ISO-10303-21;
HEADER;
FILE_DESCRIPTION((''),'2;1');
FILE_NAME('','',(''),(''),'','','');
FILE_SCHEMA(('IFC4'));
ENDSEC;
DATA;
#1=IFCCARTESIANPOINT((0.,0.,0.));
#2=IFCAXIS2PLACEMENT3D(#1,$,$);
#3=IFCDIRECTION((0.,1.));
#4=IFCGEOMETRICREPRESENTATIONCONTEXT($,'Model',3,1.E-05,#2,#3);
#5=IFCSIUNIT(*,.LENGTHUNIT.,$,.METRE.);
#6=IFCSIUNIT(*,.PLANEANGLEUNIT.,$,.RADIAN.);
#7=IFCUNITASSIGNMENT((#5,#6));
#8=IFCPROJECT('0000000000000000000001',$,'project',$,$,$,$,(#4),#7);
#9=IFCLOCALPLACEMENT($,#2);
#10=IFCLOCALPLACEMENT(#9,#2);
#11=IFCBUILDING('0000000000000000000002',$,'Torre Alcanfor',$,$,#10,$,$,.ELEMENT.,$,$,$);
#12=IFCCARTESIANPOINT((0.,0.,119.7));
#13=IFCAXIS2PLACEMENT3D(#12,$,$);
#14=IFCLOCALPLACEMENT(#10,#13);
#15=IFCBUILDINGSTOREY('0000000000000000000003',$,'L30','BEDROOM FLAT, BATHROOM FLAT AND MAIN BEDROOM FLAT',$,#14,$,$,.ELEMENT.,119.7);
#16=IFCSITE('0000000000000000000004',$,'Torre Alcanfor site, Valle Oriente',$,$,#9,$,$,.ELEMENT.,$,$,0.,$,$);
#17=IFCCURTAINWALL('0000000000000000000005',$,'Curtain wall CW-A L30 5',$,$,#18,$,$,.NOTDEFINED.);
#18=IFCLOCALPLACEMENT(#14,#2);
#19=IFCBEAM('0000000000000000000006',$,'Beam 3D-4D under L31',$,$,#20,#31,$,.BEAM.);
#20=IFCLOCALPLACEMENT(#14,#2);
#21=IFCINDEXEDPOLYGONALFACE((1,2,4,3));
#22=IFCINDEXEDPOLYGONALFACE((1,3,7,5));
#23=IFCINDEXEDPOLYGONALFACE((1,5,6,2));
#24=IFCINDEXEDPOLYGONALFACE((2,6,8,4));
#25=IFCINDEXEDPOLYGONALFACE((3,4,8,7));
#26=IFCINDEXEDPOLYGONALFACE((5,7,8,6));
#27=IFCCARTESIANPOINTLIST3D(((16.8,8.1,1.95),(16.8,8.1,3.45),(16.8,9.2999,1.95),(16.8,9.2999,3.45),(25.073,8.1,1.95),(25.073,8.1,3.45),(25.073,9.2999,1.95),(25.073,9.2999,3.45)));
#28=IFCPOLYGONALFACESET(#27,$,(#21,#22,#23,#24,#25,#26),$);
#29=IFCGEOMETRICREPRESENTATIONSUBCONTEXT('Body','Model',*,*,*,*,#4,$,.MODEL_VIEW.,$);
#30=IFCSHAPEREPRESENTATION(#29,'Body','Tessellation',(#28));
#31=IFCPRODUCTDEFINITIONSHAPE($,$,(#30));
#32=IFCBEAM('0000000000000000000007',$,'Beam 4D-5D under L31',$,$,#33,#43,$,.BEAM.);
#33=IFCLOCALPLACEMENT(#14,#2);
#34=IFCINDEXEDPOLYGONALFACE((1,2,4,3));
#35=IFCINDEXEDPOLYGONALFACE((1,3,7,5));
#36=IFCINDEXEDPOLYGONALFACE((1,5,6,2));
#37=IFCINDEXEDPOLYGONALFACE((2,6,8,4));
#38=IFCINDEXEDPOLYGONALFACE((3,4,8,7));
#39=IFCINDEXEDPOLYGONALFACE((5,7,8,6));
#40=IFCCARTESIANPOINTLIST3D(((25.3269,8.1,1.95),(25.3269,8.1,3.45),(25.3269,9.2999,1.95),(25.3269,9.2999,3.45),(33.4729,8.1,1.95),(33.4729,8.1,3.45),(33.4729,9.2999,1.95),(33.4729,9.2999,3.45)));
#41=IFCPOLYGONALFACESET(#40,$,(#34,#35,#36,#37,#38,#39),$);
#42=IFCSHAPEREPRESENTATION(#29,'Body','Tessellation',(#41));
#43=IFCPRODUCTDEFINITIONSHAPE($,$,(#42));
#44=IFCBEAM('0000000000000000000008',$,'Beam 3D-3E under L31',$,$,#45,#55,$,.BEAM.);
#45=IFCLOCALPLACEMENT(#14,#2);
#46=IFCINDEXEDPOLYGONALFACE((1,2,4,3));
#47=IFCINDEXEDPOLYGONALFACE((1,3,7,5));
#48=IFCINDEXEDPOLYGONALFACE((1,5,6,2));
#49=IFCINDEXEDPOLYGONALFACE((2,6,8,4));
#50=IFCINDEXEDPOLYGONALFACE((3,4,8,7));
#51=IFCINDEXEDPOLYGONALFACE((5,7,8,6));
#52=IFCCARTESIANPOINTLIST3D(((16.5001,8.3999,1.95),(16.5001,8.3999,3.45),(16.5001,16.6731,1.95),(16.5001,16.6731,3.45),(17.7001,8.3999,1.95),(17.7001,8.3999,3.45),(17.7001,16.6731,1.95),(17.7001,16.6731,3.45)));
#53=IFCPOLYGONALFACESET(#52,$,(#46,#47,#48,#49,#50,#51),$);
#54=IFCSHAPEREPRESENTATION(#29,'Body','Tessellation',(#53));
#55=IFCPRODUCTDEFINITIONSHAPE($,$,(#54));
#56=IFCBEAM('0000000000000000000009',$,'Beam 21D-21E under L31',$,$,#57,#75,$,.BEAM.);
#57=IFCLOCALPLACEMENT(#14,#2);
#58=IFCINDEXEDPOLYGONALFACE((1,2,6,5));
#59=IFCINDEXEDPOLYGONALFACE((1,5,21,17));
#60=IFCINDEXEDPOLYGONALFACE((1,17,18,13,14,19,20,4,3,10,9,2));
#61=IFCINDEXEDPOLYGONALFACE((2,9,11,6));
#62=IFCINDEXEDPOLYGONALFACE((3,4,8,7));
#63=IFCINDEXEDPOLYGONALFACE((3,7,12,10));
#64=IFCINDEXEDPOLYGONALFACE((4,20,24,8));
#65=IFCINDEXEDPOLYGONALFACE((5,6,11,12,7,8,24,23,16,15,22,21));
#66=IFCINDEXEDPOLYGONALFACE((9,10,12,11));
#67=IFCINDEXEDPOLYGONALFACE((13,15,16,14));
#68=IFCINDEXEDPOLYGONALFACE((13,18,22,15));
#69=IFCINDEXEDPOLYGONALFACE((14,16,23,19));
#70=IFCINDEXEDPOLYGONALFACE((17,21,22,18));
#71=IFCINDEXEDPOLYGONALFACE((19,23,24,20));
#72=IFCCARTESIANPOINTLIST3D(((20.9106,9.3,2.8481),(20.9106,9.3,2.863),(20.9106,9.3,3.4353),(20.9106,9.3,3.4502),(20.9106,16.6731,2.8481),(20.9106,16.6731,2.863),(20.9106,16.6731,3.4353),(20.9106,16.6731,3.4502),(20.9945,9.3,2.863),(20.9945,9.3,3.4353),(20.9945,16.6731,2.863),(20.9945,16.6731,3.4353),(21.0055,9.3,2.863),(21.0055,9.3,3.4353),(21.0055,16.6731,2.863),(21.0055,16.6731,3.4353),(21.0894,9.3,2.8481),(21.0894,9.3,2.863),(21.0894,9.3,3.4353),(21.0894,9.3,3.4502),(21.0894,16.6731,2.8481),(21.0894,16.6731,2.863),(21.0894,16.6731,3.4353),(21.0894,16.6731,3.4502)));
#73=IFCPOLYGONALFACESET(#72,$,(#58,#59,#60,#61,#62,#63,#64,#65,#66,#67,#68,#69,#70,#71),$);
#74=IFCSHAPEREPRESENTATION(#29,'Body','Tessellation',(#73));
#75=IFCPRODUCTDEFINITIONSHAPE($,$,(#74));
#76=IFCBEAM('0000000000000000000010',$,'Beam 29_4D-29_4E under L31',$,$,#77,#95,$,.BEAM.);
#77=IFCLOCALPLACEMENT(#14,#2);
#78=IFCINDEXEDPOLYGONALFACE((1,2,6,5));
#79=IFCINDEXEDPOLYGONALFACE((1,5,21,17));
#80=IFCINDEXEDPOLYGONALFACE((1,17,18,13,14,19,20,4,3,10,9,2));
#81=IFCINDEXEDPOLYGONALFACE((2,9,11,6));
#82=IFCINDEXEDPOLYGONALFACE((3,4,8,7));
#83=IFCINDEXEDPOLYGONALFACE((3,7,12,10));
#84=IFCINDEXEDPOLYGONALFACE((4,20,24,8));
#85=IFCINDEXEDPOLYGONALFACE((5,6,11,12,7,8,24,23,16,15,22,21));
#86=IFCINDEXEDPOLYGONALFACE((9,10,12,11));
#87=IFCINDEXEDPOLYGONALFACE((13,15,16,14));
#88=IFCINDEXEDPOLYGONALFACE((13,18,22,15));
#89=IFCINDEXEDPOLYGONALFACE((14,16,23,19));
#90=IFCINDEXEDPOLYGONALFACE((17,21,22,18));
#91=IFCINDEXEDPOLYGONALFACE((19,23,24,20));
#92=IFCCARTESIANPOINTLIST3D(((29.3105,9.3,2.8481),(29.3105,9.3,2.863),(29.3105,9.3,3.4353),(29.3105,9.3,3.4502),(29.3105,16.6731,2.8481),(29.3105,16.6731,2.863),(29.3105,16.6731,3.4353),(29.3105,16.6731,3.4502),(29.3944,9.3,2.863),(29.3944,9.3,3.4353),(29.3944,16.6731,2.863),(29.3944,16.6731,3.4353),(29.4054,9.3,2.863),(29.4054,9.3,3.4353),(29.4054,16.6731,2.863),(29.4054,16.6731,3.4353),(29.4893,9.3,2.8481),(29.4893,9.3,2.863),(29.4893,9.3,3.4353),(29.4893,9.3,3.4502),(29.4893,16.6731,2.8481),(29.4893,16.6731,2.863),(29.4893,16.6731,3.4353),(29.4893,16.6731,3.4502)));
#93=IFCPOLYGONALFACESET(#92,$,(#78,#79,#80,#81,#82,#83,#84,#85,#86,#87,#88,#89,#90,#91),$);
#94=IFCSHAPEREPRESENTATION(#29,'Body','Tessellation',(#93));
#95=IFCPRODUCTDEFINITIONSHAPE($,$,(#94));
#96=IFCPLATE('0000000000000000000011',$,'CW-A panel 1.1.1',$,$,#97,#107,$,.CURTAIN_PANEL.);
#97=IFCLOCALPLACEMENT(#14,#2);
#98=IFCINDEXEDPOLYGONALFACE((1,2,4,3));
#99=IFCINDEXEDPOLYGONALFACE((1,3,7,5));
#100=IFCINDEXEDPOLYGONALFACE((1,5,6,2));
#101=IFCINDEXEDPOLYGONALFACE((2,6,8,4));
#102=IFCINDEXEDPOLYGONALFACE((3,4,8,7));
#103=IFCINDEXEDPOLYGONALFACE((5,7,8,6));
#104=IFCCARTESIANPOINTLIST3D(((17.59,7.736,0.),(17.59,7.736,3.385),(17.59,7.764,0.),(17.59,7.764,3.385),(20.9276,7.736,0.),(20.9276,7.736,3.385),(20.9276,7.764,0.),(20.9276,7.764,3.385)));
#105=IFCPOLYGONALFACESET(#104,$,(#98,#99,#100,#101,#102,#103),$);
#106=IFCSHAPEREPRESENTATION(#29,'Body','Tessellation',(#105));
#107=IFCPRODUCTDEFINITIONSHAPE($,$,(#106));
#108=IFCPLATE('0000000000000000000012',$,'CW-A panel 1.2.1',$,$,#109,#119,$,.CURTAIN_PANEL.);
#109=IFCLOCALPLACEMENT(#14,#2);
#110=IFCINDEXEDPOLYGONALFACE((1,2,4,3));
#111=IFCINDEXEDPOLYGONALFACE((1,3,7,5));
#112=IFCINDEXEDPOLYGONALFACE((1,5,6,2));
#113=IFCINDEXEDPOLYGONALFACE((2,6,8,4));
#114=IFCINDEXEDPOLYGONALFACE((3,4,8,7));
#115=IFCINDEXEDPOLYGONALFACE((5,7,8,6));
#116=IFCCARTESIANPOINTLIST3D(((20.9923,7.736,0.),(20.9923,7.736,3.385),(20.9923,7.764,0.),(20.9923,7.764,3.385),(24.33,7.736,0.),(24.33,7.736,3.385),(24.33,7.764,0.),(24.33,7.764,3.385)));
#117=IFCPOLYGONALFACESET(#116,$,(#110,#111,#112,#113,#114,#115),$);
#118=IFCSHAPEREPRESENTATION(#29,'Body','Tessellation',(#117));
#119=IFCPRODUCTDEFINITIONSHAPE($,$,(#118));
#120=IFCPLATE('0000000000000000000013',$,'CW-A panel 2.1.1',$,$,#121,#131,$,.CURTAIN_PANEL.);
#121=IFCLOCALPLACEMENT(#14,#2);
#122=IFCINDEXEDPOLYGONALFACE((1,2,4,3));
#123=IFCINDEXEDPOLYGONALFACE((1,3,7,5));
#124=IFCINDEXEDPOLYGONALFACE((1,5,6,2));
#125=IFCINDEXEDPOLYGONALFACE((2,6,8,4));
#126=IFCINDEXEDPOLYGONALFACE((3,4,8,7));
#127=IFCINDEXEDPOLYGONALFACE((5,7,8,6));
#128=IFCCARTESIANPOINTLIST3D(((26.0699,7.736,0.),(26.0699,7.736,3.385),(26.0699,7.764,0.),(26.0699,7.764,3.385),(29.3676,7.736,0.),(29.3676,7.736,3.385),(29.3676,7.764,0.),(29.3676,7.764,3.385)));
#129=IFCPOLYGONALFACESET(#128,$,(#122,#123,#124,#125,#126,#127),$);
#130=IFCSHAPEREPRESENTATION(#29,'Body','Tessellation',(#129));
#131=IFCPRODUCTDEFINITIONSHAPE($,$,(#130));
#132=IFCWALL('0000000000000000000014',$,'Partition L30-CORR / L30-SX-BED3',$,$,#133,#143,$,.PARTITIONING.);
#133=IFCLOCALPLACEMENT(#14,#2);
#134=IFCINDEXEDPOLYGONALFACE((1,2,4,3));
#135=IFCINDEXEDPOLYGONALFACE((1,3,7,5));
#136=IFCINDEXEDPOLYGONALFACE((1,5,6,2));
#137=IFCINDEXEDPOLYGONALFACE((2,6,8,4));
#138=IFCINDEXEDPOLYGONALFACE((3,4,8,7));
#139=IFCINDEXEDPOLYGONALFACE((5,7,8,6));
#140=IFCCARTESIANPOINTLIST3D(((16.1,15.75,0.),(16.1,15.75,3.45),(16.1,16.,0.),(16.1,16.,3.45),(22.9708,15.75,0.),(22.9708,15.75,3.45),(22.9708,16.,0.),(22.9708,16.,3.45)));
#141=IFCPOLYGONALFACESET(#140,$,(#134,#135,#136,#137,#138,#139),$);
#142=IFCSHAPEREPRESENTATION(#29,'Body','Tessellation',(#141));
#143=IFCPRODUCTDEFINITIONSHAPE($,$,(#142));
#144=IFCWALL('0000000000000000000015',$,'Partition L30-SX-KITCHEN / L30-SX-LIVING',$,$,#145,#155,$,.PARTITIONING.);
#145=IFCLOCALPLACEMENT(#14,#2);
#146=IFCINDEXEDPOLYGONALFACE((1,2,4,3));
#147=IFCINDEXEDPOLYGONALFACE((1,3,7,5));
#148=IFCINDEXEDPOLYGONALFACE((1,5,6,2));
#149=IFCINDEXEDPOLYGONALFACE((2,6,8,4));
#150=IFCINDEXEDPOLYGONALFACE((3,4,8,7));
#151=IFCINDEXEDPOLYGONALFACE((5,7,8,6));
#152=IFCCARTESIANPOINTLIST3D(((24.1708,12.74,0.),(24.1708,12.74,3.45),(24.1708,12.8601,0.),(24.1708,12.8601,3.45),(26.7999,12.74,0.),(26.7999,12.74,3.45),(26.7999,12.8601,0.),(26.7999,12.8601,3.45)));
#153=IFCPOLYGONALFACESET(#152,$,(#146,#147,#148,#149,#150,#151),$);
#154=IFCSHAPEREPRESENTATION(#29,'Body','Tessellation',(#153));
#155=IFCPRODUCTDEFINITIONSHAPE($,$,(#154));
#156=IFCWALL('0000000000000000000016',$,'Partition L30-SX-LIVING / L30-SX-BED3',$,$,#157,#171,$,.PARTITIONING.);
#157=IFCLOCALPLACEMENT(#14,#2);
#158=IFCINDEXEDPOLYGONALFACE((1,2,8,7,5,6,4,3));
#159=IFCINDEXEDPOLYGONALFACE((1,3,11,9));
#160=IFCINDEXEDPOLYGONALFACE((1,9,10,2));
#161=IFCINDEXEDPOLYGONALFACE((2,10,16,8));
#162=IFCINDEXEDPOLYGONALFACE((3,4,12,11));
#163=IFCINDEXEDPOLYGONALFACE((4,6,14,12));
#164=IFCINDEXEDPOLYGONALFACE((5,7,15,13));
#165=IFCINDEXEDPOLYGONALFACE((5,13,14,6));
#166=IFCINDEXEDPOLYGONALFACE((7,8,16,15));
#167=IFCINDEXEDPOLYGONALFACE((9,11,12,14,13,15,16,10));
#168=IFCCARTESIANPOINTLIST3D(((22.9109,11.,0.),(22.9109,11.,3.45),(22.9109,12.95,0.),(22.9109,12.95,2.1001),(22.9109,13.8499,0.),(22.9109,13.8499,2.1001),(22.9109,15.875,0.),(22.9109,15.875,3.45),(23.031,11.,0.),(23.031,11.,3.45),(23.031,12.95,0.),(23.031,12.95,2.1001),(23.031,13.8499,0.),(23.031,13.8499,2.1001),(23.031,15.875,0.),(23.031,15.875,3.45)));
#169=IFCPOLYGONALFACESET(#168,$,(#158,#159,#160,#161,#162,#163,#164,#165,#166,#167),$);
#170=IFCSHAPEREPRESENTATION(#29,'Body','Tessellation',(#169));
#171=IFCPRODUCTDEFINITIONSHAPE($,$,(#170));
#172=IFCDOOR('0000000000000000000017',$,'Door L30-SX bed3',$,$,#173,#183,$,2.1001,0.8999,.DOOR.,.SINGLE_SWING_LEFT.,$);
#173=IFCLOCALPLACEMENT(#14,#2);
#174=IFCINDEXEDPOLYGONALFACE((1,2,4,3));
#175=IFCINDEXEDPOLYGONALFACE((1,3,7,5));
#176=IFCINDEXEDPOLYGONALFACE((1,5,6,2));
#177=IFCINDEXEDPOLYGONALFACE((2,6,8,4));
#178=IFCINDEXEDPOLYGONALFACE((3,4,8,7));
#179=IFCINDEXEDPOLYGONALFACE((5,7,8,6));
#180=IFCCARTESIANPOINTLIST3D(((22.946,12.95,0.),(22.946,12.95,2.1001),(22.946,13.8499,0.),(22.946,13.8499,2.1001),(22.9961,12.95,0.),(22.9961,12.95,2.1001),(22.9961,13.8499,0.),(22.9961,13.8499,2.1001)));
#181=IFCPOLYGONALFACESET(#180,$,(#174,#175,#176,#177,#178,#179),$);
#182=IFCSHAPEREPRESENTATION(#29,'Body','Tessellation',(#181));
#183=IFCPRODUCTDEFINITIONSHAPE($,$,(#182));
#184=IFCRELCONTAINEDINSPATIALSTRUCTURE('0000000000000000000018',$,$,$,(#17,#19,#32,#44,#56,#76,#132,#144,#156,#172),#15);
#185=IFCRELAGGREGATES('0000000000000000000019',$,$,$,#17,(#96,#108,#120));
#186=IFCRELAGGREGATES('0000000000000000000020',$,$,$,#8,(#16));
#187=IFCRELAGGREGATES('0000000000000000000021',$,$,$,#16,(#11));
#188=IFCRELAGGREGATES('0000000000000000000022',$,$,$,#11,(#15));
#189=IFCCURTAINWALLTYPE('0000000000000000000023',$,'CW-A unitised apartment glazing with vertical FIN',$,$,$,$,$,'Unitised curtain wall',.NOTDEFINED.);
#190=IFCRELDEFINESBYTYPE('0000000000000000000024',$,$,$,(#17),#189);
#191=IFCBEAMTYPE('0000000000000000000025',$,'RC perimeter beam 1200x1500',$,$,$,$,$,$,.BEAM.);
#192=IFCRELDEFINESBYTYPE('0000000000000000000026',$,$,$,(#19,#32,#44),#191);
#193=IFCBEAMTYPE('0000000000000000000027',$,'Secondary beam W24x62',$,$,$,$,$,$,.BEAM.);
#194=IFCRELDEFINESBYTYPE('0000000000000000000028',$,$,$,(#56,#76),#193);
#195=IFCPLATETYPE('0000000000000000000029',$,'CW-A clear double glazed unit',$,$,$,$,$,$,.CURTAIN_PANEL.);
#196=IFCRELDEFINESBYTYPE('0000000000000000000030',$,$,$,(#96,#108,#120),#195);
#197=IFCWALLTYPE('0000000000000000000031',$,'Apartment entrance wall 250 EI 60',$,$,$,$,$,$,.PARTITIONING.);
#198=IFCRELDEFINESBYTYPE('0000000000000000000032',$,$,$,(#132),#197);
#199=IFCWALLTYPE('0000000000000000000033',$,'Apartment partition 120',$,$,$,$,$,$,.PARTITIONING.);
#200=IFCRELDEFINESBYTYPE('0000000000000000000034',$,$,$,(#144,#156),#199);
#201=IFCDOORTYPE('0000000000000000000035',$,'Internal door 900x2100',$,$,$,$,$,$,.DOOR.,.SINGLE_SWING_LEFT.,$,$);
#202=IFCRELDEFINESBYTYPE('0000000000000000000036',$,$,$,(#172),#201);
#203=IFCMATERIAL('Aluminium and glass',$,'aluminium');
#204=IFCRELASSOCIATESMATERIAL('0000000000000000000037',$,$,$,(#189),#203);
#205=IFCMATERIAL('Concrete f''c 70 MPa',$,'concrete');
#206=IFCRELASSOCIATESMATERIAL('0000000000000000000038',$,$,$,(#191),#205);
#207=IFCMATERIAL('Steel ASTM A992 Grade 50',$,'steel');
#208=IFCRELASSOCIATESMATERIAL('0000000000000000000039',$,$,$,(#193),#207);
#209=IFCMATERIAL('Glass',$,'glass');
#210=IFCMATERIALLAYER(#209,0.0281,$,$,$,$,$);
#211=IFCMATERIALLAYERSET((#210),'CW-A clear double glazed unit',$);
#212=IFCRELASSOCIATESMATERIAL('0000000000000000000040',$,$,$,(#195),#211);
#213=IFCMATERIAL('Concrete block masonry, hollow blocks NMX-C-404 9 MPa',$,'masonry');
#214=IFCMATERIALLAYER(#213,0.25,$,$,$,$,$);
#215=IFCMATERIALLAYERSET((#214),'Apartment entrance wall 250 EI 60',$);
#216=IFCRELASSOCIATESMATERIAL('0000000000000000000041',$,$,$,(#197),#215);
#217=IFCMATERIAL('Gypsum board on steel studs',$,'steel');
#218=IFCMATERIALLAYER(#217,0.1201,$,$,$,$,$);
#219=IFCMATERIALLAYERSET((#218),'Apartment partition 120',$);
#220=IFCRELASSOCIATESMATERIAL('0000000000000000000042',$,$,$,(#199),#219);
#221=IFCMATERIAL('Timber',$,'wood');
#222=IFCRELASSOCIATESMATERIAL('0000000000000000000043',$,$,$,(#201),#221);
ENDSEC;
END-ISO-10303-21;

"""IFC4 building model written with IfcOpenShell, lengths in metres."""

from ifc_helpers import new_model, si_unit, direction, frame, frame_2d, origin, origin_2d, place, context, subcontext, project, spatial, rectangle, i_section, extrude, material, layer, layer_set, material_profile, profile_set, type_object, element, fill, aggregate, save


model = new_model("IFC4")

# Units and contexts
model_context = context("Model", 3, precision=1e-05, world=origin(), true_north=direction((0.0, 1.0)))
body_context = subcontext(model_context, "Body", "Model", "MODEL_VIEW")
ifc_project = project(units=[si_unit("LENGTHUNIT", "METRE"), si_unit("PLANEANGLEUNIT", "RADIAN")], contexts=[model_context])

# Site, building, storey
site_placement = place(None, origin())
site = spatial("IfcSite", under=ifc_project, at=site_placement, Name="Torre Alcanfor site, Valle Oriente", CompositionType="ELEMENT", RefElevation=0.0)
building_placement = place(site_placement, origin())
building = spatial("IfcBuilding", under=site, at=building_placement, Name="Torre Alcanfor", CompositionType="ELEMENT")
storey_placement = place(building_placement, frame((0.0, 0.0, 119.7)))
storey = spatial("IfcBuildingStorey", under=building, at=storey_placement, Name="L30", Description="BEDROOM FLAT, BATHROOM FLAT AND MAIN BEDROOM FLAT", CompositionType="ELEMENT", Elevation=119.7)

# Curtain wall
ifc_material_1 = material(Name="Aluminium and glass", Category="aluminium")
curtain_wall_type = type_object("IfcCurtainWallType", Name="CW-A unitised apartment glazing with vertical FIN", ElementType="Unitised curtain wall", PredefinedType="NOTDEFINED", material=ifc_material_1)
curtain_wall_placement = place(storey_placement, origin())
curtain_wall = element("IfcCurtainWall", 1, at=curtain_wall_placement, inside=storey, type_object=curtain_wall_type, Name="Curtain wall CW-A L30 5", PredefinedType="NOTDEFINED")

# Beams
ifc_material_2 = material(Name="Concrete f'c 70 MPa", Category="concrete")
ifc_material_profile_1 = material_profile(ifc_material_2, rectangle(XDim=1.2, YDim=1.5, at=origin_2d()), Name="1200x1500")
ifc_profile_set_1 = profile_set([ifc_material_profile_1], Name="Concrete f'c 70 MPa")
beam_type_1 = type_object("IfcBeamType", Name="RC perimeter beam 1200x1500", PredefinedType="BEAM", material=ifc_profile_set_1)
beam_1_placement = place(storey_placement, frame((16.8, 8.7, 2.7), z_axis=(1.0, 0.0, 0.0), x_axis=(0.0, 1.0, 0.0)))
element("IfcBeam", 2, at=beam_1_placement, inside=storey, type_object=beam_type_1, Name="Beam 3D-4D under L31", PredefinedType="BEAM", context=body_context, shape_type="SweptSolid", body=[
    extrude(rectangle(XDim=1.2, YDim=1.5, at=origin_2d()), origin(), (0.0, 0.0, 1.0), 8.2729),
])
beam_2_placement = place(storey_placement, frame((25.3269, 8.7, 2.7), z_axis=(1.0, 0.0, 0.0), x_axis=(0.0, 1.0, 0.0)))
element("IfcBeam", 3, at=beam_2_placement, inside=storey, type_object=beam_type_1, Name="Beam 4D-5D under L31", PredefinedType="BEAM", context=body_context, shape_type="SweptSolid", body=[
    extrude(rectangle(XDim=1.2, YDim=1.5, at=origin_2d()), origin(), (0.0, 0.0, 1.0), 8.146),
])
beam_3_placement = place(storey_placement, frame((17.1001, 8.3999, 2.7), z_axis=(0.0, 1.0, 0.0), x_axis=(-1.0, 0.0, 0.0)))
element("IfcBeam", 4, at=beam_3_placement, inside=storey, type_object=beam_type_1, Name="Beam 3D-3E under L31", PredefinedType="BEAM", context=body_context, shape_type="SweptSolid", body=[
    extrude(rectangle(XDim=1.2, YDim=1.5, at=origin_2d()), origin(), (0.0, 0.0, 1.0), 8.2732),
])
ifc_material_3 = material(Name="Steel ASTM A992 Grade 50", Category="steel")
ifc_material_profile_2 = material_profile(ifc_material_3, i_section(OverallWidth=0.1787, OverallDepth=0.6021, WebThickness=0.011, FlangeThickness=0.0149, at=origin_2d()), Name="W24x62")
ifc_profile_set_2 = profile_set([ifc_material_profile_2], Name="Steel ASTM A992 Grade 50")
beam_type_2 = type_object("IfcBeamType", Name="Secondary beam W24x62", PredefinedType="BEAM", material=ifc_profile_set_2)
for number, where, z_axis, x_axis, name in (
    (5, (21.0, 9.3, 3.1492), (0.0, 1.0, 0.0), (-1.0, 0.0, 0.0), "Beam 21D-21E under L31"),
    (6, (29.3999, 9.3, 3.1492), (0.0, 1.0, 0.0), (-1.0, 0.0, 0.0), "Beam 29_4D-29_4E under L31"),
):
    element("IfcBeam", number, at=place(storey_placement, frame(where, z_axis=z_axis, x_axis=x_axis)), inside=storey, type_object=beam_type_2, Name=name, PredefinedType="BEAM", context=body_context, shape_type="SweptSolid", body=[
        extrude(i_section(OverallWidth=0.1787, OverallDepth=0.6021, WebThickness=0.011, FlangeThickness=0.0149, at=origin_2d()), origin(), (0.0, 0.0, 1.0), 7.373),
    ])

# Plates
ifc_material_4 = material(Name="Glass", Category="glass")
ifc_layer_1 = layer(ifc_material_4, 0.0281)
ifc_layer_set_1 = layer_set([ifc_layer_1], Name="CW-A clear double glazed unit")
plate_type = type_object("IfcPlateType", Name="CW-A clear double glazed unit", PredefinedType="CURTAIN_PANEL", material=ifc_layer_set_1)
plate_1_placement = place(storey_placement, frame((19.2588, 7.75, 0.0), z_axis=(0.0, 0.0, 1.0), x_axis=(1.0, 0.0, 0.0)))
plate_1 = element("IfcPlate", 7, at=plate_1_placement, type_object=plate_type, Name="CW-A panel 1.1.1", PredefinedType="CURTAIN_PANEL", context=body_context, shape_type="SweptSolid", body=[
    extrude(rectangle(XDim=3.3376, YDim=0.0281, at=origin_2d()), origin(), (0.0, 0.0, 1.0), 3.385),
])
plate_2_placement = place(storey_placement, frame((22.6611, 7.75, 0.0), z_axis=(0.0, 0.0, 1.0), x_axis=(1.0, 0.0, 0.0)))
plate_2 = element("IfcPlate", 8, at=plate_2_placement, type_object=plate_type, Name="CW-A panel 1.2.1", PredefinedType="CURTAIN_PANEL", context=body_context, shape_type="SweptSolid", body=[
    extrude(rectangle(XDim=3.3376, YDim=0.0281, at=origin_2d()), origin(), (0.0, 0.0, 1.0), 3.385),
])
plate_3_placement = place(storey_placement, frame((27.7188, 7.75, 0.0), z_axis=(0.0, 0.0, 1.0), x_axis=(1.0, 0.0, 0.0)))
plate_3 = element("IfcPlate", 9, at=plate_3_placement, type_object=plate_type, Name="CW-A panel 2.1.1", PredefinedType="CURTAIN_PANEL", context=body_context, shape_type="SweptSolid", body=[
    extrude(rectangle(XDim=3.2976, YDim=0.0281, at=origin_2d()), origin(), (0.0, 0.0, 1.0), 3.385),
])
aggregate(curtain_wall, [plate_1, plate_2, plate_3])

# Walls
ifc_material_5 = material(Name="Concrete block masonry, hollow blocks NMX-C-404 9 MPa", Category="masonry")
ifc_layer_2 = layer(ifc_material_5, 0.25)
ifc_layer_set_2 = layer_set([ifc_layer_2], Name="Apartment entrance wall 250 EI 60")
wall_type_1 = type_object("IfcWallType", Name="Apartment entrance wall 250 EI 60", PredefinedType="PARTITIONING", material=ifc_layer_set_2)
wall_1_placement = place(storey_placement, frame((22.9709, 15.875, 0.0), z_axis=(0.0, 0.0, 1.0), x_axis=(-1.0, 0.0, 0.0)))
element("IfcWall", 10, at=wall_1_placement, inside=storey, type_object=wall_type_1, Name="Partition L30-CORR / L30-SX-BED3", PredefinedType="PARTITIONING", context=body_context, shape_type="SweptSolid", body=[
    extrude(rectangle(XDim=6.8708, YDim=0.25, at=frame_2d((3.4355, 0.0))), origin(), (0.0, 0.0, 1.0), 3.45),
])
ifc_material_6 = material(Name="Gypsum board on steel studs", Category="steel")
ifc_layer_3 = layer(ifc_material_6, 0.1201)
ifc_layer_set_3 = layer_set([ifc_layer_3], Name="Apartment partition 120")
wall_type_2 = type_object("IfcWallType", Name="Apartment partition 120", PredefinedType="PARTITIONING", material=ifc_layer_set_3)
wall_2_placement = place(storey_placement, frame((24.1709, 12.8, 0.0), z_axis=(0.0, 0.0, 1.0), x_axis=(1.0, 0.0, 0.0)))
element("IfcWall", 11, at=wall_2_placement, inside=storey, type_object=wall_type_2, Name="Partition L30-SX-KITCHEN / L30-SX-LIVING", PredefinedType="PARTITIONING", context=body_context, shape_type="SweptSolid", body=[
    extrude(rectangle(XDim=2.6292, YDim=0.1201, at=frame_2d((1.3145, 0.0))), origin(), (0.0, 0.0, 1.0), 3.45),
])

# Wall, opening, door
wall_3_placement = place(storey_placement, frame((22.9709, 11.0, 0.0), z_axis=(0.0, 0.0, 1.0), x_axis=(0.0, 1.0, 0.0)))
wall_3 = element("IfcWall", 12, at=wall_3_placement, inside=storey, type_object=wall_type_2, Name="Partition L30-SX-LIVING / L30-SX-BED3", PredefinedType="PARTITIONING", context=body_context, shape_type="SweptSolid", body=[
    extrude(rectangle(XDim=4.875, YDim=0.1201, at=frame_2d((2.4375, 0.0))), origin(), (0.0, 0.0, 1.0), 3.45),
])
opening_1_placement = place(wall_3_placement, frame((1.95, 0.0, 0.0)))
opening_1 = element("IfcOpeningElement", 13, at=opening_1_placement, cuts=wall_3, PredefinedType="OPENING", context=body_context, shape_type="SweptSolid", body=[
    extrude(rectangle(XDim=0.8999, YDim=2.1001, at=frame_2d((0.45, 1.05))), frame((0.0, 0.0701, 0.0), z_axis=(0.0, -1.0, 0.0), x_axis=(1.0, 0.0, 0.0)), (0.0, 0.0, 1.0), 0.1401),
])
ifc_material_7 = material(Name="Timber", Category="wood")
door_type_1 = type_object("IfcDoorType", Name="Internal door 900x2100", OperationType="SINGLE_SWING_LEFT", PredefinedType="DOOR", material=ifc_material_7)
door_1_placement = place(opening_1_placement, origin())
door_1 = element("IfcDoor", 14, at=door_1_placement, inside=storey, type_object=door_type_1, Name="Door L30-SX bed3", OperationType="SINGLE_SWING_LEFT", OverallHeight=2.1001, OverallWidth=0.8999, PredefinedType="DOOR", context=body_context, shape_type="SweptSolid", body=[
    extrude(rectangle(XDim=0.8999, YDim=2.1001, at=frame_2d((0.45, 1.05))), frame((0.0, 0.0249, 0.0), z_axis=(0.0, -1.0, 0.0), x_axis=(1.0, 0.0, 0.0)), (0.0, 0.0, 1.0), 0.05),
])
fill(opening_1, door_1)

save(model, "model.ifc")
